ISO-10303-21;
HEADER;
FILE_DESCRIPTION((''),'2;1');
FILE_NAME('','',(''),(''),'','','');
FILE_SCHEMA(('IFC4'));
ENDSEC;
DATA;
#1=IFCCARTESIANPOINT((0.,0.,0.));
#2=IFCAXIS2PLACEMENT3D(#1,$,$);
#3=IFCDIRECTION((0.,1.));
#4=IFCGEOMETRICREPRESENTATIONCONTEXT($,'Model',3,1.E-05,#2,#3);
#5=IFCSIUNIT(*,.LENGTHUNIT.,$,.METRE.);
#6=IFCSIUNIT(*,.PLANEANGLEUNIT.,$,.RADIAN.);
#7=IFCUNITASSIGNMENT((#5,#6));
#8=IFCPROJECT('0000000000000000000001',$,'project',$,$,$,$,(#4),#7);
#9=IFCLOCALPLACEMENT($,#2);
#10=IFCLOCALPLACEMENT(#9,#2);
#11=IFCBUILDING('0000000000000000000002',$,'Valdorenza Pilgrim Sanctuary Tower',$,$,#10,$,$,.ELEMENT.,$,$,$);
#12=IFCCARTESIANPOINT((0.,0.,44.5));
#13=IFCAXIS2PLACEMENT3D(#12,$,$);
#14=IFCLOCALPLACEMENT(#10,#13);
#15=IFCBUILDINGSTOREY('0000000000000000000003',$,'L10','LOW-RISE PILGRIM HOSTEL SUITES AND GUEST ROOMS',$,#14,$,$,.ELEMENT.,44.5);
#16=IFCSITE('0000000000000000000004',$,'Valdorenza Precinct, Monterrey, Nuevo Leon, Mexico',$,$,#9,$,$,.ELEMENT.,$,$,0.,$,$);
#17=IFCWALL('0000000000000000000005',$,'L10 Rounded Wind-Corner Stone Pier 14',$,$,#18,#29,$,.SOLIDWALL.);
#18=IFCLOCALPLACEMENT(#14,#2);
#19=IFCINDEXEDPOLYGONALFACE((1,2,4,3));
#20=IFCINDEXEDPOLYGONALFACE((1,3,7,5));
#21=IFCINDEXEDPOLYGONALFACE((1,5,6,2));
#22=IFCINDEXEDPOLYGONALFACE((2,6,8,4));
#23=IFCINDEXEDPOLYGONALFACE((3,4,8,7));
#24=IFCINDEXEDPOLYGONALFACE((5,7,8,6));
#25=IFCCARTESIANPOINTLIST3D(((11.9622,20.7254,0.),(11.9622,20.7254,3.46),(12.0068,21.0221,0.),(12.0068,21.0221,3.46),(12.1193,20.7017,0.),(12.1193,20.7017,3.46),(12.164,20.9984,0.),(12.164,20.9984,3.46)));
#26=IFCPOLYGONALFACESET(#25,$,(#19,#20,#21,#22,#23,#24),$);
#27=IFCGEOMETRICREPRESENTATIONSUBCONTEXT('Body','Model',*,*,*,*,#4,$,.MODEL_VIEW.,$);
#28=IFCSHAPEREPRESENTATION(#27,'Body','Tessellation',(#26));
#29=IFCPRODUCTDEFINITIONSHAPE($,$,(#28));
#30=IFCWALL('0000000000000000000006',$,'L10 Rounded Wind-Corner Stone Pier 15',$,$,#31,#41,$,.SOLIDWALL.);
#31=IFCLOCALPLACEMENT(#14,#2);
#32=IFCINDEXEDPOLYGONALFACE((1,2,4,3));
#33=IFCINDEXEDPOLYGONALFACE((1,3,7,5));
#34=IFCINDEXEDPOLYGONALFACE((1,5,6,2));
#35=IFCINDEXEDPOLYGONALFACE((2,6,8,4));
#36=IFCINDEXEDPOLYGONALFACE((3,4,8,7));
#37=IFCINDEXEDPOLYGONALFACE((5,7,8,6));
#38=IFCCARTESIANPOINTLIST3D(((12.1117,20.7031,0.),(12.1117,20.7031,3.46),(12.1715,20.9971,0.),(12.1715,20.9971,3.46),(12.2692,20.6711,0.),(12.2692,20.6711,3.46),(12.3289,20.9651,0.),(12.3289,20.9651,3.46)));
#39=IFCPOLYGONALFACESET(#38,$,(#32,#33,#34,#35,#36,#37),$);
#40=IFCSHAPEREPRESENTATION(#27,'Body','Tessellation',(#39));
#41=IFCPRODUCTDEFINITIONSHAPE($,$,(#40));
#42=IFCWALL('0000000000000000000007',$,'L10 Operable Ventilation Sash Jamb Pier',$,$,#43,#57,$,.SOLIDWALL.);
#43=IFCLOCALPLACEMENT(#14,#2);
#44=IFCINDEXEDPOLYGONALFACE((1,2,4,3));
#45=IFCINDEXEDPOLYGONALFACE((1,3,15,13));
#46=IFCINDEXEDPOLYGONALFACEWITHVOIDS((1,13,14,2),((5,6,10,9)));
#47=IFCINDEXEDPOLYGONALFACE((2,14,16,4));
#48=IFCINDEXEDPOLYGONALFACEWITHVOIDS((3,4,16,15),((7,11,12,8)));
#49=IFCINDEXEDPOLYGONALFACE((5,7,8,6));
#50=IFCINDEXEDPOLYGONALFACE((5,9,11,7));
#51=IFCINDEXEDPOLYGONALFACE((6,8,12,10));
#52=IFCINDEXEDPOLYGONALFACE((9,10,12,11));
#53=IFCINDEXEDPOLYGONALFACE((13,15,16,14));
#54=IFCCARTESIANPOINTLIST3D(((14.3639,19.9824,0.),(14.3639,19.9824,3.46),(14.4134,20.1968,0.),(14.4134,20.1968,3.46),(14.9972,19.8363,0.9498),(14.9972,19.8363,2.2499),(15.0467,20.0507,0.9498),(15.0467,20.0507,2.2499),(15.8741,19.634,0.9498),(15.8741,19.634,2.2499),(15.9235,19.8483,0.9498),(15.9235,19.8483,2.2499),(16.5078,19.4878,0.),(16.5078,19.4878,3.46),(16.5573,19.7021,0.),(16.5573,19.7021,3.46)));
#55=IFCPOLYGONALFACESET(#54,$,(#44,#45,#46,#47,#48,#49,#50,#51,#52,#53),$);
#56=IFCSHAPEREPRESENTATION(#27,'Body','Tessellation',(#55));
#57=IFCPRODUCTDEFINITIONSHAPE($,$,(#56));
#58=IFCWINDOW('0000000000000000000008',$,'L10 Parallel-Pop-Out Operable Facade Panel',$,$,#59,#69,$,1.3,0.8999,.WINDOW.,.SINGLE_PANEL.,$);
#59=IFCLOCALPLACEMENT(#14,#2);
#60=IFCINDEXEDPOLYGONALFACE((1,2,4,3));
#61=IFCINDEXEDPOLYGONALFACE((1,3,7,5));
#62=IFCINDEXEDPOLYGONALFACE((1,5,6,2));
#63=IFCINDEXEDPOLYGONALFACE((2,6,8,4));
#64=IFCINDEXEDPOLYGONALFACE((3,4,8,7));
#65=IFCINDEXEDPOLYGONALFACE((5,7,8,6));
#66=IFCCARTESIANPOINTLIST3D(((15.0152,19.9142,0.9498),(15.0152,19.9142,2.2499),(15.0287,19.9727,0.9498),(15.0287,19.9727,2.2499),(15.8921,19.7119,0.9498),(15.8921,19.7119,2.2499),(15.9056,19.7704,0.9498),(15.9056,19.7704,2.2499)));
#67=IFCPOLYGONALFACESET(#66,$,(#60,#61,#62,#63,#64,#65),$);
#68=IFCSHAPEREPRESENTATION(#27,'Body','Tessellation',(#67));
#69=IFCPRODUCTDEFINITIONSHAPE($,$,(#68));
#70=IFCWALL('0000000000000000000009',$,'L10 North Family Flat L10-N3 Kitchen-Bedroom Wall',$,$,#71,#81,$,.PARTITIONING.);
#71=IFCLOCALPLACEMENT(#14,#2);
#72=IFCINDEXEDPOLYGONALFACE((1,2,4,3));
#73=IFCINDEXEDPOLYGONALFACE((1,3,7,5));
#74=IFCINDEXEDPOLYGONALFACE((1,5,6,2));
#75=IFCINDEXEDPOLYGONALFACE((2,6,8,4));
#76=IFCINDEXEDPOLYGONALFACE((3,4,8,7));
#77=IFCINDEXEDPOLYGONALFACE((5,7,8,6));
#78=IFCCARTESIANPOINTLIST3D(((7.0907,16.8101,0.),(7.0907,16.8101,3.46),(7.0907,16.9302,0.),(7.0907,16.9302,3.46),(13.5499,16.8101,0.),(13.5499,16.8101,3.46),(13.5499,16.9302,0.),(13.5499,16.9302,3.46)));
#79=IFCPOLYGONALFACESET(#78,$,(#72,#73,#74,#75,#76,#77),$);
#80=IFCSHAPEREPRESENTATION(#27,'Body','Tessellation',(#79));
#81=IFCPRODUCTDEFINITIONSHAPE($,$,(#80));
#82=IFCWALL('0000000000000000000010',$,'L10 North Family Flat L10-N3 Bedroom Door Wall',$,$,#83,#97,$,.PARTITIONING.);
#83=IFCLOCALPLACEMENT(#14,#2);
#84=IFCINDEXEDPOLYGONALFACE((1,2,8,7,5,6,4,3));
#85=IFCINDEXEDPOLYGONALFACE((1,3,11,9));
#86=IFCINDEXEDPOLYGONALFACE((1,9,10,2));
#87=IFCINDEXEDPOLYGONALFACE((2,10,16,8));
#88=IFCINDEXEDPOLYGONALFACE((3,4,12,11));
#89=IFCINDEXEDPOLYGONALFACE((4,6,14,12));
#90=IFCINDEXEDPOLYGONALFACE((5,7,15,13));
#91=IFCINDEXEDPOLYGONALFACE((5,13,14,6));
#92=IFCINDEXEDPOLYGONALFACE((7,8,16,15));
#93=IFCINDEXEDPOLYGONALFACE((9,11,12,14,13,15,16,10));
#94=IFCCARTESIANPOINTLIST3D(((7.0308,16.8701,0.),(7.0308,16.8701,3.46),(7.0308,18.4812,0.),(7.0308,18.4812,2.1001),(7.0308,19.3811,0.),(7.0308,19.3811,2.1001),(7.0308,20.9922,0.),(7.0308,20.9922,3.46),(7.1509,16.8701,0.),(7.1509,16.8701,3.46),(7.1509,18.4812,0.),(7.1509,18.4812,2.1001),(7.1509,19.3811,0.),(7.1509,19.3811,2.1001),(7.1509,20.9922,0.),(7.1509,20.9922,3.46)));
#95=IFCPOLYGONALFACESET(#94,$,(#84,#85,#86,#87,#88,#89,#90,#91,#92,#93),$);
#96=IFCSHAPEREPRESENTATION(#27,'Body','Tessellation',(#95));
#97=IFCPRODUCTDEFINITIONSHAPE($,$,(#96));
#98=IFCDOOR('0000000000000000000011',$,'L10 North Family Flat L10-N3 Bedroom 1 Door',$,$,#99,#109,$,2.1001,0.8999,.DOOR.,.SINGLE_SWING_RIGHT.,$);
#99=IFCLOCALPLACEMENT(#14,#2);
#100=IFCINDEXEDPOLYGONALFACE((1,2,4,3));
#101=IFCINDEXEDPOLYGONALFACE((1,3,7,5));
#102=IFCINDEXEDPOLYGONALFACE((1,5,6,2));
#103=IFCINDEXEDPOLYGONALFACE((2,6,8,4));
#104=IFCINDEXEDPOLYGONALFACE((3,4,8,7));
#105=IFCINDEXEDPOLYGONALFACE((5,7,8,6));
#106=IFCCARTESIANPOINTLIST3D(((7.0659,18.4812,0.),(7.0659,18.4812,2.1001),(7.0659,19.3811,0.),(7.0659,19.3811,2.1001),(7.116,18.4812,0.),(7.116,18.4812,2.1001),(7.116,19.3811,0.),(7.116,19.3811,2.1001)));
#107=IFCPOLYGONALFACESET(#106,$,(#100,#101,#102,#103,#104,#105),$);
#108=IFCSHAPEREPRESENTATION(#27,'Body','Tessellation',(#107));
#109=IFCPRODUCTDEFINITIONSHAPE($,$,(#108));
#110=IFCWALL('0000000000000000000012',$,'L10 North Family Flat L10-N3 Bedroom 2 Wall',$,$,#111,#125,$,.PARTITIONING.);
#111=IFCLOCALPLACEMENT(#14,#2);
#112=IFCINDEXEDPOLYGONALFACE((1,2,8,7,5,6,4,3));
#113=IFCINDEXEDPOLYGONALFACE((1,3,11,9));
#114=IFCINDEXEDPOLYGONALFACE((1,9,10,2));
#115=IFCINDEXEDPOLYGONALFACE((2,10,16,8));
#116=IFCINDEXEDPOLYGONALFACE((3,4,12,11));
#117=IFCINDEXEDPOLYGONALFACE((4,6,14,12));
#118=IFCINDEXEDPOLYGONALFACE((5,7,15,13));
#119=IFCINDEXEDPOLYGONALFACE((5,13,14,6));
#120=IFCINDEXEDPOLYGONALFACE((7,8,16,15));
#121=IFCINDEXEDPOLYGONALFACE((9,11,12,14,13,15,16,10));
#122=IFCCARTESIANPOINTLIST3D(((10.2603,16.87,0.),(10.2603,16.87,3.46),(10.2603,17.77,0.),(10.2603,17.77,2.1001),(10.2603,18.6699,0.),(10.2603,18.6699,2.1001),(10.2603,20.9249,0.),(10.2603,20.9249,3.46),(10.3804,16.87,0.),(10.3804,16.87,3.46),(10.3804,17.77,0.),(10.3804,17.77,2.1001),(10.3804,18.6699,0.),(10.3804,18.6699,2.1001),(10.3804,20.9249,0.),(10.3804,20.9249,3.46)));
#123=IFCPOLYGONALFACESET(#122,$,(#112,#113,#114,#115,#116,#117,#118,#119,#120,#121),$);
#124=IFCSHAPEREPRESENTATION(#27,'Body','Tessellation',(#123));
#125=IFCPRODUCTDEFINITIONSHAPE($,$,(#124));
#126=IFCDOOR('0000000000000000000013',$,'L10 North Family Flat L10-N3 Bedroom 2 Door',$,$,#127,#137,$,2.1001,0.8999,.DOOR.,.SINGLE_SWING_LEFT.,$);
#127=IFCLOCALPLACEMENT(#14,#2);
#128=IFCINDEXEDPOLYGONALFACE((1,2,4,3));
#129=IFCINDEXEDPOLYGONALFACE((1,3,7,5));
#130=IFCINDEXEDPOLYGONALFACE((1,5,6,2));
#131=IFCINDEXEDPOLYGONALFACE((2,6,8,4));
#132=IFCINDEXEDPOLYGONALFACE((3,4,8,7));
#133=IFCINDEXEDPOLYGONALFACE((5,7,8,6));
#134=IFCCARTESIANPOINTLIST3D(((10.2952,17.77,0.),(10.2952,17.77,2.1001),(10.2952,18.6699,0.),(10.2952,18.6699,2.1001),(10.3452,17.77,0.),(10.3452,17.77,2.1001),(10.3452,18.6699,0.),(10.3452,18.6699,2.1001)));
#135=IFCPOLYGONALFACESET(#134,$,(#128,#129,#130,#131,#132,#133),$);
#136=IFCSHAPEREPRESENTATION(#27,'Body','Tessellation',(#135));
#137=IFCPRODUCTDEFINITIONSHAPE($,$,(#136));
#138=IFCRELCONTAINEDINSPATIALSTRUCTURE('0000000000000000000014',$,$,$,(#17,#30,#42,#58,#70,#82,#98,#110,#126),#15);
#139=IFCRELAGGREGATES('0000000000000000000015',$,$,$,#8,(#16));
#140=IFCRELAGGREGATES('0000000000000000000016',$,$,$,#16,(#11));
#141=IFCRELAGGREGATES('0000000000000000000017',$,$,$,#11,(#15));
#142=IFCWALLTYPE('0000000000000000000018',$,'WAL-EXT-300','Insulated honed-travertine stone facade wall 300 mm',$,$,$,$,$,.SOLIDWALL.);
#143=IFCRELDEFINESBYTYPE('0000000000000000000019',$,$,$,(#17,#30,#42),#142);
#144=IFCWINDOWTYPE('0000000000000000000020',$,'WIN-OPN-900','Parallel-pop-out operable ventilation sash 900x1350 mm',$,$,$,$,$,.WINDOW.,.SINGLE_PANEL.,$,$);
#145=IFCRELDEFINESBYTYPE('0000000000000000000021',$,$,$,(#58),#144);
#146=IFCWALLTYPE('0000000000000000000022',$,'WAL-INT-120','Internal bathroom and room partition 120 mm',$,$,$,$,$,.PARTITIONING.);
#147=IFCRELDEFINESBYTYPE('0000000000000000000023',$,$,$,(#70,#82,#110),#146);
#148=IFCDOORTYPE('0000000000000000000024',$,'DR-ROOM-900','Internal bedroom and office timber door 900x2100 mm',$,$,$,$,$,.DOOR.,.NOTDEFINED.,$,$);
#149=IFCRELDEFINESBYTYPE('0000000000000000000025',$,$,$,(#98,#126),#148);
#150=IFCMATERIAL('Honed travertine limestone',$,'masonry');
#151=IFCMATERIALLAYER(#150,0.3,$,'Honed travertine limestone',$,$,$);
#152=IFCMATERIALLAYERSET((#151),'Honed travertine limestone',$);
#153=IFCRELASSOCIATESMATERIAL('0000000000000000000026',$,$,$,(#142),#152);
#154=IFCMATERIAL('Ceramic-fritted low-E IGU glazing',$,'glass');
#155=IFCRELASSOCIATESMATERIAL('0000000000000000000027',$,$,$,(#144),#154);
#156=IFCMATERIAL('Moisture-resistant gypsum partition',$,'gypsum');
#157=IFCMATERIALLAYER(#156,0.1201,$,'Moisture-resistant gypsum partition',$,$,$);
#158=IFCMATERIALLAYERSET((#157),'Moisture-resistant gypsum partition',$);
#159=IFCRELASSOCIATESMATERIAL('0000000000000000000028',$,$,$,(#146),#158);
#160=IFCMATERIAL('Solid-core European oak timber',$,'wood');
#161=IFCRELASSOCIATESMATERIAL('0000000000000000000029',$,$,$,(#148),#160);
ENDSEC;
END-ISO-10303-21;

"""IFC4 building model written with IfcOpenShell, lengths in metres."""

from ifc_helpers import new_model, si_unit, direction, frame, frame_2d, origin, place, context, subcontext, project, spatial, rectangle, extrude, material, layer, layer_set, type_object, element, fill, save


model = new_model("IFC4")

# Units and contexts
model_context = context("Model", 3, precision=1e-05, world=origin(), true_north=direction((0.0, 1.0)))
body_context = subcontext(model_context, "Body", "Model", "MODEL_VIEW")
ifc_project = project(units=[si_unit("LENGTHUNIT", "METRE"), si_unit("PLANEANGLEUNIT", "RADIAN")], contexts=[model_context])

# Site, building, storey
site_placement = place(None, origin())
site = spatial("IfcSite", under=ifc_project, at=site_placement, Name="Valdorenza Precinct, Monterrey, Nuevo Leon, Mexico", CompositionType="ELEMENT", RefElevation=0.0)
building_placement = place(site_placement, origin())
building = spatial("IfcBuilding", under=site, at=building_placement, Name="Valdorenza Pilgrim Sanctuary Tower", CompositionType="ELEMENT")
storey_placement = place(building_placement, frame((0.0, 0.0, 44.5)))
storey = spatial("IfcBuildingStorey", under=building, at=storey_placement, Name="L10", Description="LOW-RISE PILGRIM HOSTEL SUITES AND GUEST ROOMS", CompositionType="ELEMENT", Elevation=44.5)

# Shared definitions
ifc_material_1 = material(Name="Honed travertine limestone", Category="masonry")
ifc_material_2 = material(Name="Ceramic-fritted low-E IGU glazing", Category="glass")

# Walls
ifc_layer_1 = layer(ifc_material_1, 0.3, Name="Honed travertine limestone")
ifc_layer_set_1 = layer_set([ifc_layer_1], Name="Honed travertine limestone")
wall_type_1 = type_object("IfcWallType", Name="WAL-EXT-300", Description="Insulated honed-travertine stone facade wall 300 mm", PredefinedType="SOLIDWALL", material=ifc_layer_set_1)
wall_1_placement = place(storey_placement, frame((11.9844, 20.8738, 0.0), z_axis=(0.0, 0.0, 1.0), x_axis=(0.988846, -0.148941, 0.0)))
element("IfcWall", 1, at=wall_1_placement, inside=storey, type_object=wall_type_1, Name="L10 Rounded Wind-Corner Stone Pier 14", PredefinedType="SOLIDWALL", context=body_context, shape_type="SweptSolid", body=[
    extrude(rectangle(XDim=0.1589, YDim=0.3, at=frame_2d((0.0796, 0.0))), origin(), (0.0, 0.0, 1.0), 3.46),
])
wall_2_placement = place(storey_placement, frame((12.1416, 20.8501, 0.0), z_axis=(0.0, 0.0, 1.0), x_axis=(0.979992, -0.199037, 0.0)))
element("IfcWall", 2, at=wall_2_placement, inside=storey, type_object=wall_type_1, Name="L10 Rounded Wind-Corner Stone Pier 15", PredefinedType="SOLIDWALL", context=body_context, shape_type="SweptSolid", body=[
    extrude(rectangle(XDim=0.1606, YDim=0.3, at=frame_2d((0.0803, 0.0))), origin(), (0.0, 0.0, 1.0), 3.46),
])

# Wall, opening, window
wall_3_placement = place(storey_placement, frame((14.3887, 20.0896, 0.0), z_axis=(0.0, 0.0, 1.0), x_axis=(0.974401, -0.224819, 0.0)))
wall_3 = element("IfcWall", 3, at=wall_3_placement, inside=storey, type_object=wall_type_1, Name="L10 Operable Ventilation Sash Jamb Pier", PredefinedType="SOLIDWALL", context=body_context, shape_type="SweptSolid", body=[
    extrude(rectangle(XDim=2.2002, YDim=0.22, at=frame_2d((1.1001, 0.0))), origin(), (0.0, 0.0, 1.0), 3.46),
])
opening_1_placement = place(wall_3_placement, frame((0.6499, 0.0, 0.95)))
opening_1 = element("IfcOpeningElement", 4, at=opening_1_placement, cuts=wall_3, PredefinedType="OPENING", context=body_context, shape_type="SweptSolid", body=[
    extrude(rectangle(XDim=0.8999, YDim=1.3, at=frame_2d((0.45, 0.6499))), frame((0.0, 0.125, 0.0), z_axis=(0.0, -1.0, 0.0), x_axis=(1.0, 0.0, 0.0)), (0.0, 0.0, 1.0), 0.2498),
])
window_type = type_object("IfcWindowType", Name="WIN-OPN-900", Description="Parallel-pop-out operable ventilation sash 900x1350 mm", PartitioningType="SINGLE_PANEL", PredefinedType="WINDOW", material=ifc_material_2)
window_placement = place(opening_1_placement, origin())
window = element("IfcWindow", 5, at=window_placement, inside=storey, type_object=window_type, Name="L10 Parallel-Pop-Out Operable Facade Panel", OverallHeight=1.3, OverallWidth=0.8999, PartitioningType="SINGLE_PANEL", PredefinedType="WINDOW", context=body_context, shape_type="SweptSolid", body=[
    extrude(rectangle(XDim=0.8999, YDim=1.3, at=frame_2d((0.45, 0.6499))), frame((0.0, 0.03, 0.0), z_axis=(0.0, -1.0, 0.0), x_axis=(1.0, 0.0, 0.0)), (0.0, 0.0, 1.0), 0.0601),
])
fill(opening_1, window)

# Wall
ifc_material_3 = material(Name="Moisture-resistant gypsum partition", Category="gypsum")
ifc_layer_2 = layer(ifc_material_3, 0.1201, Name="Moisture-resistant gypsum partition")
ifc_layer_set_2 = layer_set([ifc_layer_2], Name="Moisture-resistant gypsum partition")
wall_type_2 = type_object("IfcWallType", Name="WAL-INT-120", Description="Internal bathroom and room partition 120 mm", PredefinedType="PARTITIONING", material=ifc_layer_set_2)
wall_4_placement = place(storey_placement, frame((7.0908, 16.8701, 0.0), z_axis=(0.0, 0.0, 1.0), x_axis=(1.0, 0.0, 0.0)))
element("IfcWall", 6, at=wall_4_placement, inside=storey, type_object=wall_type_2, Name="L10 North Family Flat L10-N3 Kitchen-Bedroom Wall", PredefinedType="PARTITIONING", context=body_context, shape_type="SweptSolid", body=[
    extrude(rectangle(XDim=6.4592, YDim=0.1201, at=frame_2d((3.2295, 0.0))), origin(), (0.0, 0.0, 1.0), 3.46),
])

# Walls, openings, doors
wall_5_placement = place(storey_placement, frame((7.0908, 16.8701, 0.0), z_axis=(0.0, 0.0, 1.0), x_axis=(0.0, 1.0, 0.0)))
wall_5 = element("IfcWall", 7, at=wall_5_placement, inside=storey, type_object=wall_type_2, Name="L10 North Family Flat L10-N3 Bedroom Door Wall", PredefinedType="PARTITIONING", context=body_context, shape_type="SweptSolid", body=[
    extrude(rectangle(XDim=4.1221, YDim=0.1201, at=frame_2d((2.061, 0.0))), origin(), (0.0, 0.0, 1.0), 3.46),
])
opening_2_placement = place(wall_5_placement, frame((1.6111, 0.0, 0.0)))
opening_2 = element("IfcOpeningElement", 8, at=opening_2_placement, cuts=wall_5, PredefinedType="OPENING", context=body_context, shape_type="SweptSolid", body=[
    extrude(rectangle(XDim=0.8999, YDim=2.1001, at=frame_2d((0.45, 1.05))), frame((0.0, 0.075, 0.0), z_axis=(0.0, -1.0, 0.0), x_axis=(1.0, 0.0, 0.0)), (0.0, 0.0, 1.0), 0.1499),
])
ifc_material_4 = material(Name="Solid-core European oak timber", Category="wood")
door_type = type_object("IfcDoorType", Name="DR-ROOM-900", Description="Internal bedroom and office timber door 900x2100 mm", OperationType="NOTDEFINED", PredefinedType="DOOR", material=ifc_material_4)
door_1_placement = place(opening_2_placement, origin())
door_1 = element("IfcDoor", 9, at=door_1_placement, inside=storey, type_object=door_type, Name="L10 North Family Flat L10-N3 Bedroom 1 Door", OperationType="SINGLE_SWING_RIGHT", OverallHeight=2.1001, OverallWidth=0.8999, PredefinedType="DOOR", context=body_context, shape_type="SweptSolid", body=[
    extrude(rectangle(XDim=0.8999, YDim=2.1001, at=frame_2d((0.45, 1.05))), frame((0.0, 0.0249, 0.0), z_axis=(0.0, -1.0, 0.0), x_axis=(1.0, 0.0, 0.0)), (0.0, 0.0, 1.0), 0.05),
])
fill(opening_2, door_1)
wall_6_placement = place(storey_placement, frame((10.3203, 16.8701, 0.0), z_axis=(0.0, 0.0, 1.0), x_axis=(0.0, 1.0, 0.0)))
wall_6 = element("IfcWall", 10, at=wall_6_placement, inside=storey, type_object=wall_type_2, Name="L10 North Family Flat L10-N3 Bedroom 2 Wall", PredefinedType="PARTITIONING", context=body_context, shape_type="SweptSolid", body=[
    extrude(rectangle(XDim=4.0549, YDim=0.1201, at=frame_2d((2.0273, 0.0))), origin(), (0.0, 0.0, 1.0), 3.46),
])
opening_3_placement = place(wall_6_placement, frame((0.8999, 0.0, 0.0)))
opening_3 = element("IfcOpeningElement", 11, at=opening_3_placement, cuts=wall_6, PredefinedType="OPENING", context=body_context, shape_type="SweptSolid", body=[
    extrude(rectangle(XDim=0.8999, YDim=2.1001, at=frame_2d((0.45, 1.05))), frame((0.0, 0.075, 0.0), z_axis=(0.0, -1.0, 0.0), x_axis=(1.0, 0.0, 0.0)), (0.0, 0.0, 1.0), 0.1499),
])
door_2_placement = place(opening_3_placement, frame((0.8999, 0.0, 0.0), z_axis=(0.0, 0.0, 1.0), x_axis=(-1.0, 0.0, 0.0)))
door_2 = element("IfcDoor", 12, at=door_2_placement, inside=storey, type_object=door_type, Name="L10 North Family Flat L10-N3 Bedroom 2 Door", OperationType="SINGLE_SWING_LEFT", OverallHeight=2.1001, OverallWidth=0.8999, PredefinedType="DOOR", context=body_context, shape_type="SweptSolid", body=[
    extrude(rectangle(XDim=0.8999, YDim=2.1001, at=frame_2d((0.45, 1.05))), frame((0.0, 0.0249, 0.0), z_axis=(0.0, -1.0, 0.0), x_axis=(1.0, 0.0, 0.0)), (0.0, 0.0, 1.0), 0.05),
])
fill(opening_3, door_2)

save(model, "model.ifc")
